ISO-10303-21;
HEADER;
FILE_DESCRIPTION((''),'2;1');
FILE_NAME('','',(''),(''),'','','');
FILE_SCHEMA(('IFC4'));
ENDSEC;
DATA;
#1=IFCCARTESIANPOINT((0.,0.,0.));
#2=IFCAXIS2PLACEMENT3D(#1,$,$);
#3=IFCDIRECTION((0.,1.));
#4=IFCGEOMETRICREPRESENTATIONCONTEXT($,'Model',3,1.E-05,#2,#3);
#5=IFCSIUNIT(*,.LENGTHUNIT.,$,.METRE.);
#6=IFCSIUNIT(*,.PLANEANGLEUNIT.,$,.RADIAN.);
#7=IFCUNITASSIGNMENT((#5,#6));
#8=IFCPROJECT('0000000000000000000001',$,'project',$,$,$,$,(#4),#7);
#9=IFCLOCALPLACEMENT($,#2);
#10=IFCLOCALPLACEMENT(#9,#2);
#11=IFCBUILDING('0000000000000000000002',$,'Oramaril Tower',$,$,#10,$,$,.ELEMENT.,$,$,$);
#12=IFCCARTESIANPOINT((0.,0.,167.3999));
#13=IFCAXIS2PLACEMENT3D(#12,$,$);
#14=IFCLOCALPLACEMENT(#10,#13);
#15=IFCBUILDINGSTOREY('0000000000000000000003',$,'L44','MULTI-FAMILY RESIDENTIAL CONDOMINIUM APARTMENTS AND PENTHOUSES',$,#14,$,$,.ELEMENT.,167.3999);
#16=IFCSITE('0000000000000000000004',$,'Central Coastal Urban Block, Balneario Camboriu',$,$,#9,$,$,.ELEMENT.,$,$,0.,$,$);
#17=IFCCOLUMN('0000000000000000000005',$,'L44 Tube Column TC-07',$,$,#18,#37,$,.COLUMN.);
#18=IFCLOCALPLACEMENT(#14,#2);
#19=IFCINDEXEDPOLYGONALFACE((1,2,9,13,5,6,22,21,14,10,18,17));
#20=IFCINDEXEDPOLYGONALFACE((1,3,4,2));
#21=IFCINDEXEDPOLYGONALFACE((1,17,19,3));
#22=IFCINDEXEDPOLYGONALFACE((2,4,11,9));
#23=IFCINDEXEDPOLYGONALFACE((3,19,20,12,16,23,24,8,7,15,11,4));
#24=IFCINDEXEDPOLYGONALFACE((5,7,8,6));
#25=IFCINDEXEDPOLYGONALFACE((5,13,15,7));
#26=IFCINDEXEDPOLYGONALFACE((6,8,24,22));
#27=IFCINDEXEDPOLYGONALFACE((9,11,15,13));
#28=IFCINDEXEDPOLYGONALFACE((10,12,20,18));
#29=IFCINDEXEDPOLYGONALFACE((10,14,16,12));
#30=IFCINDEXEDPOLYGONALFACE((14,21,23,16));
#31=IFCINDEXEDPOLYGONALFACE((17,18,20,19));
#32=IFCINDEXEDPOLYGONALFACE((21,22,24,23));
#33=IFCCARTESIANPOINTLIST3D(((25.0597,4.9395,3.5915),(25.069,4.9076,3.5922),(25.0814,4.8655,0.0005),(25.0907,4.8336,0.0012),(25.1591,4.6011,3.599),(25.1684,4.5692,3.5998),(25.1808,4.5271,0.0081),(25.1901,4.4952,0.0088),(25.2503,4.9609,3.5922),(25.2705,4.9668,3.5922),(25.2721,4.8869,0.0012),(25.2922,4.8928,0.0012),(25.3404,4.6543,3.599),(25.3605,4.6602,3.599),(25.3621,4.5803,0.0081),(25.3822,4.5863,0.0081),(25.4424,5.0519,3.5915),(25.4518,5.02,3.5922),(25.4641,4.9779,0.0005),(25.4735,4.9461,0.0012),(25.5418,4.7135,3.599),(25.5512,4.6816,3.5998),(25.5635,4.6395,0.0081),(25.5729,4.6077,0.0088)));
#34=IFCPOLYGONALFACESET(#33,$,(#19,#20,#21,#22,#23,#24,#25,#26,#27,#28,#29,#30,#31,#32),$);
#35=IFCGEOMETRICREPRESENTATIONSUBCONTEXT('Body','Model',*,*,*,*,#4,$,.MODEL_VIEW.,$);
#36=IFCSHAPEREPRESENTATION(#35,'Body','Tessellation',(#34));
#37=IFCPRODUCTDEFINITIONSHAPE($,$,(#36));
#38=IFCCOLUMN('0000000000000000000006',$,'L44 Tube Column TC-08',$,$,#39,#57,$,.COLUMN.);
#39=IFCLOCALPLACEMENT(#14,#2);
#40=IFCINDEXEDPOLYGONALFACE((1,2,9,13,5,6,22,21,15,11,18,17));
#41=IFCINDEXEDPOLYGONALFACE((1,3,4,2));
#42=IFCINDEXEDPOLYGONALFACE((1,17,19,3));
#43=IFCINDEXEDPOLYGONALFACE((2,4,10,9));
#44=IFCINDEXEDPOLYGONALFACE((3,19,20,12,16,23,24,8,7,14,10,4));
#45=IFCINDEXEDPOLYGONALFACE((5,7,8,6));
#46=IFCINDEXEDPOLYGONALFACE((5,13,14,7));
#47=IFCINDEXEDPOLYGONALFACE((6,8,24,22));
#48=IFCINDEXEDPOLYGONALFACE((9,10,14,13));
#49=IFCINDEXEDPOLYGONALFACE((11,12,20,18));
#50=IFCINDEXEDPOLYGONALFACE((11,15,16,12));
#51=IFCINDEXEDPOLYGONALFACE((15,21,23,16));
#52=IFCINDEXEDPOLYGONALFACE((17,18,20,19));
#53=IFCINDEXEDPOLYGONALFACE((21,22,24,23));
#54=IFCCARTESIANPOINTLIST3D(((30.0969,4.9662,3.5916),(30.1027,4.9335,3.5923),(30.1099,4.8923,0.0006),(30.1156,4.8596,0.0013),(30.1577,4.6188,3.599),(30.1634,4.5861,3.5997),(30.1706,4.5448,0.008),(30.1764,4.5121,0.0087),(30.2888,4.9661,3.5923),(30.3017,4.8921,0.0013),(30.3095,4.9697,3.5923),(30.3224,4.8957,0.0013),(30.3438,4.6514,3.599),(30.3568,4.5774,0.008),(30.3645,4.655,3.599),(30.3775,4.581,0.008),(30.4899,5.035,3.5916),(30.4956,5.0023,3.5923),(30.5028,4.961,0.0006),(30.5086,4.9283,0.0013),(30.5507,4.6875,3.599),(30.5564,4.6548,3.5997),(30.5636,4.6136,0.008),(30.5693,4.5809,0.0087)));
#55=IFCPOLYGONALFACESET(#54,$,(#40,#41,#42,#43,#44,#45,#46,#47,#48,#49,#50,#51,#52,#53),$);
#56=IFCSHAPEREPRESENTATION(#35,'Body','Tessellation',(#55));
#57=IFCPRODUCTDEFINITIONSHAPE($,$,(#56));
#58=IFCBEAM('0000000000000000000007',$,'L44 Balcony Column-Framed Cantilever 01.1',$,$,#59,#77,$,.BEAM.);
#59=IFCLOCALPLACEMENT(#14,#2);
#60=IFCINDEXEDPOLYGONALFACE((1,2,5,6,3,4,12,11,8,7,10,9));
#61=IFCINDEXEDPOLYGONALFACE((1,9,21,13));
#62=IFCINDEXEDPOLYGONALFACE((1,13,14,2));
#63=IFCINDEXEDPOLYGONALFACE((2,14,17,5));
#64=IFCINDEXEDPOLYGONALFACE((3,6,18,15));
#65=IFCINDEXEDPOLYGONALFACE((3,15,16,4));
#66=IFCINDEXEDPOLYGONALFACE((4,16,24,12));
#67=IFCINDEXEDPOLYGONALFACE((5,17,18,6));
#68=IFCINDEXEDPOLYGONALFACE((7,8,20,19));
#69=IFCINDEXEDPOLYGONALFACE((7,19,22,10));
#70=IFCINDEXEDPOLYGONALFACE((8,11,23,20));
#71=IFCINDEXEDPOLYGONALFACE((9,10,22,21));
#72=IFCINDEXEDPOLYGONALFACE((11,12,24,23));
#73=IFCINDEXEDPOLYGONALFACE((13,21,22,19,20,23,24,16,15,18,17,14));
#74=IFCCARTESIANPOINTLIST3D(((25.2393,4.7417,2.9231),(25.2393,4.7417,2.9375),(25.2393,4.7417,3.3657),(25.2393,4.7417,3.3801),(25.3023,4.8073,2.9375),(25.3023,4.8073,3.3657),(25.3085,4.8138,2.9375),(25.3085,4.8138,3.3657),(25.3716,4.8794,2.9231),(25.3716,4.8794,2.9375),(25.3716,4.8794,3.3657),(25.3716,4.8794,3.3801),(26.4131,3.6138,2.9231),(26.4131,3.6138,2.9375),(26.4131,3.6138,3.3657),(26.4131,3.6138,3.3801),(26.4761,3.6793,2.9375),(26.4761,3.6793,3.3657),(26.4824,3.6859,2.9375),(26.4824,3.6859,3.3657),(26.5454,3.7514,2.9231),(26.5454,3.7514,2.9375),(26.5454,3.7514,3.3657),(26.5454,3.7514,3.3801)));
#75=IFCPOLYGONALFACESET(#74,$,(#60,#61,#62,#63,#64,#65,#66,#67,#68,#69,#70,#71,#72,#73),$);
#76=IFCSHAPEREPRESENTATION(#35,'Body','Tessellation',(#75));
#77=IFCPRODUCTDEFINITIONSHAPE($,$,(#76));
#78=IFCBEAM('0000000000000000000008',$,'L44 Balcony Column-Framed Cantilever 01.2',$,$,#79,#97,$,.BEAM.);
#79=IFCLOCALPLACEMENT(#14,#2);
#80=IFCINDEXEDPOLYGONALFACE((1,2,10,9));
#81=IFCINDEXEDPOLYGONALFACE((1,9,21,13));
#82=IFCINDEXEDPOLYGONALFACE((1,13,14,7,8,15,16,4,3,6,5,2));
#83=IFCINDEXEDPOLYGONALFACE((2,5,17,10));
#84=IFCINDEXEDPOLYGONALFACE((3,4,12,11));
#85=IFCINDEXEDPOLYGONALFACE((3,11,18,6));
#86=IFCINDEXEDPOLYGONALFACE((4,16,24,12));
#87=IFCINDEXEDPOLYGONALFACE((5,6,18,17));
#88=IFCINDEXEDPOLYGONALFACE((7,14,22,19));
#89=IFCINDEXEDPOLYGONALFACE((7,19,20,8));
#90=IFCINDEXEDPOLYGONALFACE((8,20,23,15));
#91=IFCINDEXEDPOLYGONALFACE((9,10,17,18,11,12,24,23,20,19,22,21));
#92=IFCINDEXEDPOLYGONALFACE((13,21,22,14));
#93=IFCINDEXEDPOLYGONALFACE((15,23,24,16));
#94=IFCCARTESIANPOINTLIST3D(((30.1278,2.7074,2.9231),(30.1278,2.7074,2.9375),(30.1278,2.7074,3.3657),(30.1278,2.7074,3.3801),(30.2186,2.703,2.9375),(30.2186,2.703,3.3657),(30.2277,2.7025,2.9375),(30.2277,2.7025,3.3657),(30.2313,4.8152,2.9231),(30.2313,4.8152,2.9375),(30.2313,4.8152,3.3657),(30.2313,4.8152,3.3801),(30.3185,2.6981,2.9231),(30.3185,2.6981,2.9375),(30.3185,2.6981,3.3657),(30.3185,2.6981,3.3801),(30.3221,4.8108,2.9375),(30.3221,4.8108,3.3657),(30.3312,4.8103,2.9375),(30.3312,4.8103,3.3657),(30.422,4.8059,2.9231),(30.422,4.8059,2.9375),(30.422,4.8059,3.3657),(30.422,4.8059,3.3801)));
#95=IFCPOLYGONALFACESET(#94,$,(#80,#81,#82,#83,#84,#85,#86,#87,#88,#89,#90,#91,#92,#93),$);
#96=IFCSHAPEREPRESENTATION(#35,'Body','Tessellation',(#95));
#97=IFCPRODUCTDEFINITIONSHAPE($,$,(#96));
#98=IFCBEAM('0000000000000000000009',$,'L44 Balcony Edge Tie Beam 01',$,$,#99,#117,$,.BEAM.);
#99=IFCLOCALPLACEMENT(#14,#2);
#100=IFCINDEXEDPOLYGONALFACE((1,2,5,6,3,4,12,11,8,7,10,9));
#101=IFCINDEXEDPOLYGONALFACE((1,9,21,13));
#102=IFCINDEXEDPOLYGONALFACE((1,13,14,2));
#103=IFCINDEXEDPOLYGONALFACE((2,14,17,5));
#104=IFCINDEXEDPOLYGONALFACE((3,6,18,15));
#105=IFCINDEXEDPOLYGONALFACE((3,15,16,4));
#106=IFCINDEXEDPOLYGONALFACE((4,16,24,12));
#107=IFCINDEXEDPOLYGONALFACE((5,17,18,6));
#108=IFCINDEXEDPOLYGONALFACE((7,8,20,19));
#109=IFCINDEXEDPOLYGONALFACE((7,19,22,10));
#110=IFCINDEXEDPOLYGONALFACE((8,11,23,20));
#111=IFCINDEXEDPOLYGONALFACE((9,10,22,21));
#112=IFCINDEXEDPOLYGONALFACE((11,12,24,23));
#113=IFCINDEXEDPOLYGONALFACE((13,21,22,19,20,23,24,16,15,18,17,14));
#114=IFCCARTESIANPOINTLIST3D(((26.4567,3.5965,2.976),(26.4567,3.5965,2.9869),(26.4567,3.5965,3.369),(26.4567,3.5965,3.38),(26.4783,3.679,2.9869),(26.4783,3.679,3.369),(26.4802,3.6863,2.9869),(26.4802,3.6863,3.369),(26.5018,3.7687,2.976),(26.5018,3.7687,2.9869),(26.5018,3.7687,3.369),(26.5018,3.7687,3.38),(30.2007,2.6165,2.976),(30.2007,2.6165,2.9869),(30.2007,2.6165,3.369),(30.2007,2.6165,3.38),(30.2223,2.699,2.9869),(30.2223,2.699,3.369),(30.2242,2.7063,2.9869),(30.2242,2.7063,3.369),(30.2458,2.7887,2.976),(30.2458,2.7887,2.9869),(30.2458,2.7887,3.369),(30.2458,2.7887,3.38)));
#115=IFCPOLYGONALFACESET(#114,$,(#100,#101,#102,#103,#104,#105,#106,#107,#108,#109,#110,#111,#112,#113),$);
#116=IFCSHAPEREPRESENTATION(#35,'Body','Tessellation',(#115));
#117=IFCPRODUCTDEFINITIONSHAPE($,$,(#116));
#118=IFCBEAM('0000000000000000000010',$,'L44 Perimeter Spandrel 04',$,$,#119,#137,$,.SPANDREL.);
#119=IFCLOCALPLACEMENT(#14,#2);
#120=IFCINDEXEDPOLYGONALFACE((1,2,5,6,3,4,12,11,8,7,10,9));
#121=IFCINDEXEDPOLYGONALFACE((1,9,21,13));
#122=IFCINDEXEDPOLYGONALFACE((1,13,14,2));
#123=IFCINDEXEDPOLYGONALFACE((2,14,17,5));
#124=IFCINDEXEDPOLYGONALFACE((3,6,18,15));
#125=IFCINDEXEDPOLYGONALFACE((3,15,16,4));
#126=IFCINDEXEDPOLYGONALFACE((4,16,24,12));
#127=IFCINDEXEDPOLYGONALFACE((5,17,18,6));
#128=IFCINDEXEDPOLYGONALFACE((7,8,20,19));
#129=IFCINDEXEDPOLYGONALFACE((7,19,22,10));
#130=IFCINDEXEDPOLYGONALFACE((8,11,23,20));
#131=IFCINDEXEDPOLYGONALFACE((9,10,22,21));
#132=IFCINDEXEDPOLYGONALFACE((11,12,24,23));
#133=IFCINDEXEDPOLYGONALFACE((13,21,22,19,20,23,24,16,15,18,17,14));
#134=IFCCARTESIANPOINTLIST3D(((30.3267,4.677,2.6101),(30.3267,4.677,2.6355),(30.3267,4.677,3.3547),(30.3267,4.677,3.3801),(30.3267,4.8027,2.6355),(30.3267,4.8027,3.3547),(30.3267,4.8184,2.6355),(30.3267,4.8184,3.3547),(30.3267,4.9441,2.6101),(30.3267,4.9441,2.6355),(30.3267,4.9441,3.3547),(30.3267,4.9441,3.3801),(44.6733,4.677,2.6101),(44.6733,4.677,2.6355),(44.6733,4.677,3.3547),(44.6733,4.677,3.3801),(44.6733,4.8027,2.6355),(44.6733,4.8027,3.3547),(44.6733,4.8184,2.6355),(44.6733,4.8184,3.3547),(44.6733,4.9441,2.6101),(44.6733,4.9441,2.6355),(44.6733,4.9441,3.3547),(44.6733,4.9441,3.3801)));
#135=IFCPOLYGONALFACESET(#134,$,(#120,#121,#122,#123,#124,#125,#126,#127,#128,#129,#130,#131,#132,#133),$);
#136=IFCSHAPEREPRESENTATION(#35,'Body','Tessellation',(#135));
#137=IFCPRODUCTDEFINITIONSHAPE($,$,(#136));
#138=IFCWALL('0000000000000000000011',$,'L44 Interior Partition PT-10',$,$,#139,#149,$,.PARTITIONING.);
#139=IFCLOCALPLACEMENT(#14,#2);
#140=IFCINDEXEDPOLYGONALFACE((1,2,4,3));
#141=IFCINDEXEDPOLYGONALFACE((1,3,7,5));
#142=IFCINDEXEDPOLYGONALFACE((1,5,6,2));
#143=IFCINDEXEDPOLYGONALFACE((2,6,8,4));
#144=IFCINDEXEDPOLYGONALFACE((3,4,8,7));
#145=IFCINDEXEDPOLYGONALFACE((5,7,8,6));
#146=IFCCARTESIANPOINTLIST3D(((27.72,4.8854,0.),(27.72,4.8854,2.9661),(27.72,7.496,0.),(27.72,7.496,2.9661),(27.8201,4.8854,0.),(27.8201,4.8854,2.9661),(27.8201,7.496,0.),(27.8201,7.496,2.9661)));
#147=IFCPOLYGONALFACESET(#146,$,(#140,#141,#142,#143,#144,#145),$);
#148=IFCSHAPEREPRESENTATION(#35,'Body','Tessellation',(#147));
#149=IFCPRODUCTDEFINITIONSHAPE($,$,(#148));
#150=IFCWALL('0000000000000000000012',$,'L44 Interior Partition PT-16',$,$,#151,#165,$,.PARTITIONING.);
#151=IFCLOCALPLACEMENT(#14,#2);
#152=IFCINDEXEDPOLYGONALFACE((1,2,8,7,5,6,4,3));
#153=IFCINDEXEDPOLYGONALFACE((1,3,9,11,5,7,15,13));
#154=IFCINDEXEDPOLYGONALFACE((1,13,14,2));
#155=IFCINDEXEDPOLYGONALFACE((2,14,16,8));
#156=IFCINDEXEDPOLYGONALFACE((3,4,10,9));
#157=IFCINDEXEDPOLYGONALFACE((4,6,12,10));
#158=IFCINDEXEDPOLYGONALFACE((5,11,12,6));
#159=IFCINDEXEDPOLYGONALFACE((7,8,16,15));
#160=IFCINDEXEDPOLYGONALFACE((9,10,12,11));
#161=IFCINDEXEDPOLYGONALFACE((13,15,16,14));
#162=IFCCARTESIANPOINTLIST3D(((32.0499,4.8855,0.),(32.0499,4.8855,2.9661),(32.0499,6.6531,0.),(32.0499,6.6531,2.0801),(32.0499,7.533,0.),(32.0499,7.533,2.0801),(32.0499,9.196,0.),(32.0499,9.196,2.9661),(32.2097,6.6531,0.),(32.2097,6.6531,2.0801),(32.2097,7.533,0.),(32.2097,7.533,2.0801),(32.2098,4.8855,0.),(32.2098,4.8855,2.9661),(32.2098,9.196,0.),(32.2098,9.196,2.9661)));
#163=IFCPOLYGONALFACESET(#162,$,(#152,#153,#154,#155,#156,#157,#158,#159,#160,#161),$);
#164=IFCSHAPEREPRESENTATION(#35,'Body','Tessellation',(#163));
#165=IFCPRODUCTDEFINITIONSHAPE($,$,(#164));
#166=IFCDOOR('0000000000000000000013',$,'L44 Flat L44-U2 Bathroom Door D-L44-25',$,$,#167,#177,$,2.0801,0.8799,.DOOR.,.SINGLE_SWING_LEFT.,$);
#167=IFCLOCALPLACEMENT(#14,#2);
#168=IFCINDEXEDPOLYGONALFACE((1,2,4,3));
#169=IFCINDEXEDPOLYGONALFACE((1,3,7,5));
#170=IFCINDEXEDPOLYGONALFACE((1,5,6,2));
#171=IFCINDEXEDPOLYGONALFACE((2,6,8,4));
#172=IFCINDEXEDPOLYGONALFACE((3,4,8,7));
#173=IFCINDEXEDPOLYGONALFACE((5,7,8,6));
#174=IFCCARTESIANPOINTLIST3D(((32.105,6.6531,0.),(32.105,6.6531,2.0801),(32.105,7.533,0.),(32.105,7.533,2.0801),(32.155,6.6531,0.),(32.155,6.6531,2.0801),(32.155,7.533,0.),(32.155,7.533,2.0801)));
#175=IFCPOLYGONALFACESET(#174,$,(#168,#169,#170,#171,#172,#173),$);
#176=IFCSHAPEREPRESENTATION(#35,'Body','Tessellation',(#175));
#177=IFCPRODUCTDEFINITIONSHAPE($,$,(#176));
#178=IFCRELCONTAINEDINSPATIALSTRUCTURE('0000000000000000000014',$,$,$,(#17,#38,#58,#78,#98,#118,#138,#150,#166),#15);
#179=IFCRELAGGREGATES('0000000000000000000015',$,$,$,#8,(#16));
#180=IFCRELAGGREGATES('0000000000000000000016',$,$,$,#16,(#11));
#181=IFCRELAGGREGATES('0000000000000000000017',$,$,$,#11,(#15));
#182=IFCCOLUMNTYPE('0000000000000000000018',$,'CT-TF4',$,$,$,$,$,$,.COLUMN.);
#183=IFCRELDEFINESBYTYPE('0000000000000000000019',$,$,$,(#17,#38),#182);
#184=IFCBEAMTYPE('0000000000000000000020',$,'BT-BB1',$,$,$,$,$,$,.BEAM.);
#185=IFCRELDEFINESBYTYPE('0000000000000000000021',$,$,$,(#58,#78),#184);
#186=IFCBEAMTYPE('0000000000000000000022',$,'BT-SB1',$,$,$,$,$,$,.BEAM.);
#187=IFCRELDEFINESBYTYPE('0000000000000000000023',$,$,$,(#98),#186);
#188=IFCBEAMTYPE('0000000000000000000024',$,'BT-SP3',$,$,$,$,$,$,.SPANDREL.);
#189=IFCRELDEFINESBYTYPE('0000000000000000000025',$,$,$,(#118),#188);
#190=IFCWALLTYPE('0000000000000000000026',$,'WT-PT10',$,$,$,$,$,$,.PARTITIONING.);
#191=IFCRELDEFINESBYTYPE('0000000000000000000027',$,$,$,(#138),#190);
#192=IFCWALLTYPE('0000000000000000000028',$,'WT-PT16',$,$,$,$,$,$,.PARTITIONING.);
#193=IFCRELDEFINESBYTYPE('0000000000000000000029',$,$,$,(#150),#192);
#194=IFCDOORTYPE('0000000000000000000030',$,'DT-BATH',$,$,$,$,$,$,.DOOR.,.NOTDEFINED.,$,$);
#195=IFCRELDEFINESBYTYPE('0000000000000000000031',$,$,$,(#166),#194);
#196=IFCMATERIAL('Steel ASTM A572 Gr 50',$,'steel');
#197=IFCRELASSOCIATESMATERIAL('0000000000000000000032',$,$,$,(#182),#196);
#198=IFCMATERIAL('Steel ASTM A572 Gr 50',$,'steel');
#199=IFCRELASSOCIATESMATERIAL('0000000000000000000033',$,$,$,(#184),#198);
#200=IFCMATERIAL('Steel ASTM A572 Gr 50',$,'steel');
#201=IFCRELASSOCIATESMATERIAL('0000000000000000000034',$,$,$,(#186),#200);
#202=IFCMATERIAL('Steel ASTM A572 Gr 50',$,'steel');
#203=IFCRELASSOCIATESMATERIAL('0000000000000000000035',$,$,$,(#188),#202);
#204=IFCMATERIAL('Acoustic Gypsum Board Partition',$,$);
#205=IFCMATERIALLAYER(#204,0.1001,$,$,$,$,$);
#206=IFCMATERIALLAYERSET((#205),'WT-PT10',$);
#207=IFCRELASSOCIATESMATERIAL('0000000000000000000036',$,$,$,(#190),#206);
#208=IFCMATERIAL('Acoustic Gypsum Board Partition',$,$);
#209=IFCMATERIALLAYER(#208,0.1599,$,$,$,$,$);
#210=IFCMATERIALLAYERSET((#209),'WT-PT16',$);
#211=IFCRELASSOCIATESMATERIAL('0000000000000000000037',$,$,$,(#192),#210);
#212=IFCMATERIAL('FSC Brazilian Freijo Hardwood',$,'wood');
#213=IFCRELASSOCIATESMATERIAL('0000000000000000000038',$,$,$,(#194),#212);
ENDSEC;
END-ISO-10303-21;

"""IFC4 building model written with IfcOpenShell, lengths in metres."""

from ifc_helpers import new_model, si_unit, direction, frame, frame_2d, origin, origin_2d, place, context, subcontext, project, spatial, rectangle, i_section, extrude, material, layer, layer_set, material_profile, profile_set, type_object, element, fill, save


model = new_model("IFC4")

# Units and contexts
model_context = context("Model", 3, precision=1e-05, world=origin(), true_north=direction((0.0, 1.0)))
body_context = subcontext(model_context, "Body", "Model", "MODEL_VIEW")
ifc_project = project(units=[si_unit("LENGTHUNIT", "METRE"), si_unit("PLANEANGLEUNIT", "RADIAN")], contexts=[model_context])

# Site, building, storey
site_placement = place(None, origin())
site = spatial("IfcSite", under=ifc_project, at=site_placement, Name="Central Coastal Urban Block, Balneario Camboriu", CompositionType="ELEMENT", RefElevation=0.0)
building_placement = place(site_placement, origin())
building = spatial("IfcBuilding", under=site, at=building_placement, Name="Oramaril Tower", CompositionType="ELEMENT")
storey_placement = place(building_placement, frame((0.0, 0.0, 167.3999)))
storey = spatial("IfcBuildingStorey", under=building, at=storey_placement, Name="L44", Description="MULTI-FAMILY RESIDENTIAL CONDOMINIUM APARTMENTS AND PENTHOUSES", CompositionType="ELEMENT", Elevation=167.3999)

# Columns
ifc_material_1 = material(Name="Steel ASTM A572 Gr 50", Category="steel")
ifc_material_profile_1 = material_profile(ifc_material_1, i_section(OverallWidth=0.3989, OverallDepth=0.386, WebThickness=0.021, FlangeThickness=0.0332, at=origin_2d()), Name="W14X176")
ifc_profile_set_1 = profile_set([ifc_material_profile_1], Name="Steel ASTM A572 Gr 50")
column_type = type_object("IfcColumnType", Name="CT-TF4", PredefinedType="COLUMN", material=ifc_profile_set_1)
for number, where, z_axis, x_axis, name in (
    (1, (25.3271, 4.7366, 0.0046), (-0.006049, 0.020595, 0.99977), (-0.959466, -0.281823, 0.0), "L44 Tube Column TC-07"),
    (2, (30.3396, 4.7366, 0.0046), (-0.003602, 0.020595, 0.999781), (-0.985044, -0.172301, 0.0), "L44 Tube Column TC-08"),
):
    element("IfcColumn", number, at=place(storey_placement, frame(where, z_axis=z_axis, x_axis=x_axis)), inside=storey, type_object=column_type, Name=name, PredefinedType="COLUMN", context=body_context, shape_type="SweptSolid", body=[
        extrude(i_section(OverallWidth=0.3989, OverallDepth=0.386, WebThickness=0.021, FlangeThickness=0.0332, at=origin_2d()), origin(), (0.0, 0.0, 1.0), 3.5918),
    ])

# Beams
ifc_material_2 = material(Name="Steel ASTM A572 Gr 50", Category="steel")
ifc_material_profile_2 = material_profile(ifc_material_2, i_section(OverallWidth=0.1909, OverallDepth=0.457, WebThickness=0.009, FlangeThickness=0.0144, at=origin_2d()), Name="W18X50")
ifc_profile_set_2 = profile_set([ifc_material_profile_2], Name="Steel ASTM A572 Gr 50")
beam_type_1 = type_object("IfcBeamType", Name="BT-BB1", PredefinedType="BEAM", material=ifc_profile_set_2)
beam_1_placement = place(storey_placement, frame((25.3054, 4.8105, 3.1516), z_axis=(0.721064, -0.692869, 0.0), x_axis=(0.692869, 0.721064, 0.0)))
element("IfcBeam", 3, at=beam_1_placement, inside=storey, type_object=beam_type_1, Name="L44 Balcony Column-Framed Cantilever 01.1", PredefinedType="BEAM", context=body_context, shape_type="SweptSolid", body=[
    extrude(i_section(OverallWidth=0.1909, OverallDepth=0.457, WebThickness=0.009, FlangeThickness=0.0144, at=origin_2d()), origin(), (0.0, 0.0, 1.0), 1.6279),
])
beam_2_placement = place(storey_placement, frame((30.3267, 4.8105, 3.1516), z_axis=(-0.049049, -0.998796, 0.0), x_axis=(0.998796, -0.049049, 0.0)))
element("IfcBeam", 4, at=beam_2_placement, inside=storey, type_object=beam_type_1, Name="L44 Balcony Column-Framed Cantilever 01.2", PredefinedType="BEAM", context=body_context, shape_type="SweptSolid", body=[
    extrude(i_section(OverallWidth=0.1909, OverallDepth=0.457, WebThickness=0.009, FlangeThickness=0.0144, at=origin_2d()), origin(), (0.0, 0.0, 1.0), 2.1104),
])
ifc_material_3 = material(Name="Steel ASTM A572 Gr 50", Category="steel")
ifc_material_profile_3 = material_profile(ifc_material_3, i_section(OverallWidth=0.178, OverallDepth=0.4041, WebThickness=0.0076, FlangeThickness=0.011, at=origin_2d()), Name="W16X36")
ifc_profile_set_3 = profile_set([ifc_material_profile_3], Name="Steel ASTM A572 Gr 50")
beam_type_2 = type_object("IfcBeamType", Name="BT-SB1", PredefinedType="BEAM", material=ifc_profile_set_3)
beam_3_placement = place(storey_placement, frame((26.4792, 3.6826, 3.178), z_axis=(0.967408, -0.253223, 0.0), x_axis=(0.253223, 0.967408, 0.0)))
element("IfcBeam", 5, at=beam_3_placement, inside=storey, type_object=beam_type_2, Name="L44 Balcony Edge Tie Beam 01", PredefinedType="BEAM", context=body_context, shape_type="SweptSolid", body=[
    extrude(i_section(OverallWidth=0.178, OverallDepth=0.4041, WebThickness=0.0076, FlangeThickness=0.011, at=origin_2d()), origin(), (0.0, 0.0, 1.0), 3.8701),
])
ifc_material_4 = material(Name="Steel ASTM A572 Gr 50", Category="steel")
ifc_material_profile_4 = material_profile(ifc_material_4, i_section(OverallWidth=0.2671, OverallDepth=0.77, WebThickness=0.0156, FlangeThickness=0.0254, at=origin_2d()), Name="W30X132")
ifc_profile_set_4 = profile_set([ifc_material_profile_4], Name="Steel ASTM A572 Gr 50")
beam_type_3 = type_object("IfcBeamType", Name="BT-SP3", PredefinedType="SPANDREL", material=ifc_profile_set_4)
beam_4_placement = place(storey_placement, frame((30.3267, 4.8105, 2.9951), z_axis=(1.0, 0.0, 0.0), x_axis=(0.0, 1.0, 0.0)))
element("IfcBeam", 6, at=beam_4_placement, inside=storey, type_object=beam_type_3, Name="L44 Perimeter Spandrel 04", PredefinedType="SPANDREL", context=body_context, shape_type="SweptSolid", body=[
    extrude(i_section(OverallWidth=0.2671, OverallDepth=0.77, WebThickness=0.0156, FlangeThickness=0.0254, at=origin_2d()), origin(), (0.0, 0.0, 1.0), 14.3467),
])

# Wall
ifc_material_5 = material(Name="Acoustic Gypsum Board Partition")
ifc_layer_1 = layer(ifc_material_5, 0.1001)
ifc_layer_set_1 = layer_set([ifc_layer_1], Name="WT-PT10")
wall_type_1 = type_object("IfcWallType", Name="WT-PT10", PredefinedType="PARTITIONING", material=ifc_layer_set_1)
wall_1_placement = place(storey_placement, frame((27.77, 4.8855, 0.0), z_axis=(0.0, 0.0, 1.0), x_axis=(0.0, 1.0, 0.0)))
element("IfcWall", 7, at=wall_1_placement, inside=storey, type_object=wall_type_1, Name="L44 Interior Partition PT-10", PredefinedType="PARTITIONING", context=body_context, shape_type="SweptSolid", body=[
    extrude(rectangle(XDim=2.6106, YDim=0.1001, at=frame_2d((1.3052, 0.0))), origin(), (0.0, 0.0, 1.0), 2.9661),
])

# Wall, opening, door
ifc_material_6 = material(Name="Acoustic Gypsum Board Partition")
ifc_layer_2 = layer(ifc_material_6, 0.1599)
ifc_layer_set_2 = layer_set([ifc_layer_2], Name="WT-PT16")
wall_type_2 = type_object("IfcWallType", Name="WT-PT16", PredefinedType="PARTITIONING", material=ifc_layer_set_2)
wall_2_placement = place(storey_placement, frame((32.1299, 4.8855, 0.0), z_axis=(0.0, 0.0, 1.0), x_axis=(0.0, 1.0, 0.0)))
wall_2 = element("IfcWall", 8, at=wall_2_placement, inside=storey, type_object=wall_type_2, Name="L44 Interior Partition PT-16", PredefinedType="PARTITIONING", context=body_context, shape_type="SweptSolid", body=[
    extrude(rectangle(XDim=4.3105, YDim=0.1599, at=frame_2d((2.1553, 0.0))), origin(), (0.0, 0.0, 1.0), 2.9661),
])
opening_1_placement = place(wall_2_placement, frame((1.7676, 0.0, 0.0)))
opening_1 = element("IfcOpeningElement", 9, at=opening_1_placement, cuts=wall_2, PredefinedType="OPENING", context=body_context, shape_type="SweptSolid", body=[
    extrude(rectangle(XDim=0.8799, YDim=2.0801, at=frame_2d((0.4399, 1.04))), frame((0.0, 0.0801, 0.0), z_axis=(0.0, -1.0, 0.0), x_axis=(1.0, 0.0, 0.0)), (0.0, 0.0, 1.0), 0.1599),
])
ifc_material_7 = material(Name="FSC Brazilian Freijo Hardwood", Category="wood")
door_type_1 = type_object("IfcDoorType", Name="DT-BATH", OperationType="NOTDEFINED", PredefinedType="DOOR", material=ifc_material_7)
door_1_placement = place(opening_1_placement, origin())
door_1 = element("IfcDoor", 10, at=door_1_placement, inside=storey, type_object=door_type_1, Name="L44 Flat L44-U2 Bathroom Door D-L44-25", OperationType="SINGLE_SWING_LEFT", OverallHeight=2.0801, OverallWidth=0.8799, PredefinedType="DOOR", context=body_context, shape_type="SweptSolid", body=[
    extrude(rectangle(XDim=0.8799, YDim=2.0801, at=frame_2d((0.4399, 1.04))), frame((0.0, 0.0249, 0.0), z_axis=(0.0, -1.0, 0.0), x_axis=(1.0, 0.0, 0.0)), (0.0, 0.0, 1.0), 0.05),
])
fill(opening_1, door_1)

save(model, "model.ifc")
